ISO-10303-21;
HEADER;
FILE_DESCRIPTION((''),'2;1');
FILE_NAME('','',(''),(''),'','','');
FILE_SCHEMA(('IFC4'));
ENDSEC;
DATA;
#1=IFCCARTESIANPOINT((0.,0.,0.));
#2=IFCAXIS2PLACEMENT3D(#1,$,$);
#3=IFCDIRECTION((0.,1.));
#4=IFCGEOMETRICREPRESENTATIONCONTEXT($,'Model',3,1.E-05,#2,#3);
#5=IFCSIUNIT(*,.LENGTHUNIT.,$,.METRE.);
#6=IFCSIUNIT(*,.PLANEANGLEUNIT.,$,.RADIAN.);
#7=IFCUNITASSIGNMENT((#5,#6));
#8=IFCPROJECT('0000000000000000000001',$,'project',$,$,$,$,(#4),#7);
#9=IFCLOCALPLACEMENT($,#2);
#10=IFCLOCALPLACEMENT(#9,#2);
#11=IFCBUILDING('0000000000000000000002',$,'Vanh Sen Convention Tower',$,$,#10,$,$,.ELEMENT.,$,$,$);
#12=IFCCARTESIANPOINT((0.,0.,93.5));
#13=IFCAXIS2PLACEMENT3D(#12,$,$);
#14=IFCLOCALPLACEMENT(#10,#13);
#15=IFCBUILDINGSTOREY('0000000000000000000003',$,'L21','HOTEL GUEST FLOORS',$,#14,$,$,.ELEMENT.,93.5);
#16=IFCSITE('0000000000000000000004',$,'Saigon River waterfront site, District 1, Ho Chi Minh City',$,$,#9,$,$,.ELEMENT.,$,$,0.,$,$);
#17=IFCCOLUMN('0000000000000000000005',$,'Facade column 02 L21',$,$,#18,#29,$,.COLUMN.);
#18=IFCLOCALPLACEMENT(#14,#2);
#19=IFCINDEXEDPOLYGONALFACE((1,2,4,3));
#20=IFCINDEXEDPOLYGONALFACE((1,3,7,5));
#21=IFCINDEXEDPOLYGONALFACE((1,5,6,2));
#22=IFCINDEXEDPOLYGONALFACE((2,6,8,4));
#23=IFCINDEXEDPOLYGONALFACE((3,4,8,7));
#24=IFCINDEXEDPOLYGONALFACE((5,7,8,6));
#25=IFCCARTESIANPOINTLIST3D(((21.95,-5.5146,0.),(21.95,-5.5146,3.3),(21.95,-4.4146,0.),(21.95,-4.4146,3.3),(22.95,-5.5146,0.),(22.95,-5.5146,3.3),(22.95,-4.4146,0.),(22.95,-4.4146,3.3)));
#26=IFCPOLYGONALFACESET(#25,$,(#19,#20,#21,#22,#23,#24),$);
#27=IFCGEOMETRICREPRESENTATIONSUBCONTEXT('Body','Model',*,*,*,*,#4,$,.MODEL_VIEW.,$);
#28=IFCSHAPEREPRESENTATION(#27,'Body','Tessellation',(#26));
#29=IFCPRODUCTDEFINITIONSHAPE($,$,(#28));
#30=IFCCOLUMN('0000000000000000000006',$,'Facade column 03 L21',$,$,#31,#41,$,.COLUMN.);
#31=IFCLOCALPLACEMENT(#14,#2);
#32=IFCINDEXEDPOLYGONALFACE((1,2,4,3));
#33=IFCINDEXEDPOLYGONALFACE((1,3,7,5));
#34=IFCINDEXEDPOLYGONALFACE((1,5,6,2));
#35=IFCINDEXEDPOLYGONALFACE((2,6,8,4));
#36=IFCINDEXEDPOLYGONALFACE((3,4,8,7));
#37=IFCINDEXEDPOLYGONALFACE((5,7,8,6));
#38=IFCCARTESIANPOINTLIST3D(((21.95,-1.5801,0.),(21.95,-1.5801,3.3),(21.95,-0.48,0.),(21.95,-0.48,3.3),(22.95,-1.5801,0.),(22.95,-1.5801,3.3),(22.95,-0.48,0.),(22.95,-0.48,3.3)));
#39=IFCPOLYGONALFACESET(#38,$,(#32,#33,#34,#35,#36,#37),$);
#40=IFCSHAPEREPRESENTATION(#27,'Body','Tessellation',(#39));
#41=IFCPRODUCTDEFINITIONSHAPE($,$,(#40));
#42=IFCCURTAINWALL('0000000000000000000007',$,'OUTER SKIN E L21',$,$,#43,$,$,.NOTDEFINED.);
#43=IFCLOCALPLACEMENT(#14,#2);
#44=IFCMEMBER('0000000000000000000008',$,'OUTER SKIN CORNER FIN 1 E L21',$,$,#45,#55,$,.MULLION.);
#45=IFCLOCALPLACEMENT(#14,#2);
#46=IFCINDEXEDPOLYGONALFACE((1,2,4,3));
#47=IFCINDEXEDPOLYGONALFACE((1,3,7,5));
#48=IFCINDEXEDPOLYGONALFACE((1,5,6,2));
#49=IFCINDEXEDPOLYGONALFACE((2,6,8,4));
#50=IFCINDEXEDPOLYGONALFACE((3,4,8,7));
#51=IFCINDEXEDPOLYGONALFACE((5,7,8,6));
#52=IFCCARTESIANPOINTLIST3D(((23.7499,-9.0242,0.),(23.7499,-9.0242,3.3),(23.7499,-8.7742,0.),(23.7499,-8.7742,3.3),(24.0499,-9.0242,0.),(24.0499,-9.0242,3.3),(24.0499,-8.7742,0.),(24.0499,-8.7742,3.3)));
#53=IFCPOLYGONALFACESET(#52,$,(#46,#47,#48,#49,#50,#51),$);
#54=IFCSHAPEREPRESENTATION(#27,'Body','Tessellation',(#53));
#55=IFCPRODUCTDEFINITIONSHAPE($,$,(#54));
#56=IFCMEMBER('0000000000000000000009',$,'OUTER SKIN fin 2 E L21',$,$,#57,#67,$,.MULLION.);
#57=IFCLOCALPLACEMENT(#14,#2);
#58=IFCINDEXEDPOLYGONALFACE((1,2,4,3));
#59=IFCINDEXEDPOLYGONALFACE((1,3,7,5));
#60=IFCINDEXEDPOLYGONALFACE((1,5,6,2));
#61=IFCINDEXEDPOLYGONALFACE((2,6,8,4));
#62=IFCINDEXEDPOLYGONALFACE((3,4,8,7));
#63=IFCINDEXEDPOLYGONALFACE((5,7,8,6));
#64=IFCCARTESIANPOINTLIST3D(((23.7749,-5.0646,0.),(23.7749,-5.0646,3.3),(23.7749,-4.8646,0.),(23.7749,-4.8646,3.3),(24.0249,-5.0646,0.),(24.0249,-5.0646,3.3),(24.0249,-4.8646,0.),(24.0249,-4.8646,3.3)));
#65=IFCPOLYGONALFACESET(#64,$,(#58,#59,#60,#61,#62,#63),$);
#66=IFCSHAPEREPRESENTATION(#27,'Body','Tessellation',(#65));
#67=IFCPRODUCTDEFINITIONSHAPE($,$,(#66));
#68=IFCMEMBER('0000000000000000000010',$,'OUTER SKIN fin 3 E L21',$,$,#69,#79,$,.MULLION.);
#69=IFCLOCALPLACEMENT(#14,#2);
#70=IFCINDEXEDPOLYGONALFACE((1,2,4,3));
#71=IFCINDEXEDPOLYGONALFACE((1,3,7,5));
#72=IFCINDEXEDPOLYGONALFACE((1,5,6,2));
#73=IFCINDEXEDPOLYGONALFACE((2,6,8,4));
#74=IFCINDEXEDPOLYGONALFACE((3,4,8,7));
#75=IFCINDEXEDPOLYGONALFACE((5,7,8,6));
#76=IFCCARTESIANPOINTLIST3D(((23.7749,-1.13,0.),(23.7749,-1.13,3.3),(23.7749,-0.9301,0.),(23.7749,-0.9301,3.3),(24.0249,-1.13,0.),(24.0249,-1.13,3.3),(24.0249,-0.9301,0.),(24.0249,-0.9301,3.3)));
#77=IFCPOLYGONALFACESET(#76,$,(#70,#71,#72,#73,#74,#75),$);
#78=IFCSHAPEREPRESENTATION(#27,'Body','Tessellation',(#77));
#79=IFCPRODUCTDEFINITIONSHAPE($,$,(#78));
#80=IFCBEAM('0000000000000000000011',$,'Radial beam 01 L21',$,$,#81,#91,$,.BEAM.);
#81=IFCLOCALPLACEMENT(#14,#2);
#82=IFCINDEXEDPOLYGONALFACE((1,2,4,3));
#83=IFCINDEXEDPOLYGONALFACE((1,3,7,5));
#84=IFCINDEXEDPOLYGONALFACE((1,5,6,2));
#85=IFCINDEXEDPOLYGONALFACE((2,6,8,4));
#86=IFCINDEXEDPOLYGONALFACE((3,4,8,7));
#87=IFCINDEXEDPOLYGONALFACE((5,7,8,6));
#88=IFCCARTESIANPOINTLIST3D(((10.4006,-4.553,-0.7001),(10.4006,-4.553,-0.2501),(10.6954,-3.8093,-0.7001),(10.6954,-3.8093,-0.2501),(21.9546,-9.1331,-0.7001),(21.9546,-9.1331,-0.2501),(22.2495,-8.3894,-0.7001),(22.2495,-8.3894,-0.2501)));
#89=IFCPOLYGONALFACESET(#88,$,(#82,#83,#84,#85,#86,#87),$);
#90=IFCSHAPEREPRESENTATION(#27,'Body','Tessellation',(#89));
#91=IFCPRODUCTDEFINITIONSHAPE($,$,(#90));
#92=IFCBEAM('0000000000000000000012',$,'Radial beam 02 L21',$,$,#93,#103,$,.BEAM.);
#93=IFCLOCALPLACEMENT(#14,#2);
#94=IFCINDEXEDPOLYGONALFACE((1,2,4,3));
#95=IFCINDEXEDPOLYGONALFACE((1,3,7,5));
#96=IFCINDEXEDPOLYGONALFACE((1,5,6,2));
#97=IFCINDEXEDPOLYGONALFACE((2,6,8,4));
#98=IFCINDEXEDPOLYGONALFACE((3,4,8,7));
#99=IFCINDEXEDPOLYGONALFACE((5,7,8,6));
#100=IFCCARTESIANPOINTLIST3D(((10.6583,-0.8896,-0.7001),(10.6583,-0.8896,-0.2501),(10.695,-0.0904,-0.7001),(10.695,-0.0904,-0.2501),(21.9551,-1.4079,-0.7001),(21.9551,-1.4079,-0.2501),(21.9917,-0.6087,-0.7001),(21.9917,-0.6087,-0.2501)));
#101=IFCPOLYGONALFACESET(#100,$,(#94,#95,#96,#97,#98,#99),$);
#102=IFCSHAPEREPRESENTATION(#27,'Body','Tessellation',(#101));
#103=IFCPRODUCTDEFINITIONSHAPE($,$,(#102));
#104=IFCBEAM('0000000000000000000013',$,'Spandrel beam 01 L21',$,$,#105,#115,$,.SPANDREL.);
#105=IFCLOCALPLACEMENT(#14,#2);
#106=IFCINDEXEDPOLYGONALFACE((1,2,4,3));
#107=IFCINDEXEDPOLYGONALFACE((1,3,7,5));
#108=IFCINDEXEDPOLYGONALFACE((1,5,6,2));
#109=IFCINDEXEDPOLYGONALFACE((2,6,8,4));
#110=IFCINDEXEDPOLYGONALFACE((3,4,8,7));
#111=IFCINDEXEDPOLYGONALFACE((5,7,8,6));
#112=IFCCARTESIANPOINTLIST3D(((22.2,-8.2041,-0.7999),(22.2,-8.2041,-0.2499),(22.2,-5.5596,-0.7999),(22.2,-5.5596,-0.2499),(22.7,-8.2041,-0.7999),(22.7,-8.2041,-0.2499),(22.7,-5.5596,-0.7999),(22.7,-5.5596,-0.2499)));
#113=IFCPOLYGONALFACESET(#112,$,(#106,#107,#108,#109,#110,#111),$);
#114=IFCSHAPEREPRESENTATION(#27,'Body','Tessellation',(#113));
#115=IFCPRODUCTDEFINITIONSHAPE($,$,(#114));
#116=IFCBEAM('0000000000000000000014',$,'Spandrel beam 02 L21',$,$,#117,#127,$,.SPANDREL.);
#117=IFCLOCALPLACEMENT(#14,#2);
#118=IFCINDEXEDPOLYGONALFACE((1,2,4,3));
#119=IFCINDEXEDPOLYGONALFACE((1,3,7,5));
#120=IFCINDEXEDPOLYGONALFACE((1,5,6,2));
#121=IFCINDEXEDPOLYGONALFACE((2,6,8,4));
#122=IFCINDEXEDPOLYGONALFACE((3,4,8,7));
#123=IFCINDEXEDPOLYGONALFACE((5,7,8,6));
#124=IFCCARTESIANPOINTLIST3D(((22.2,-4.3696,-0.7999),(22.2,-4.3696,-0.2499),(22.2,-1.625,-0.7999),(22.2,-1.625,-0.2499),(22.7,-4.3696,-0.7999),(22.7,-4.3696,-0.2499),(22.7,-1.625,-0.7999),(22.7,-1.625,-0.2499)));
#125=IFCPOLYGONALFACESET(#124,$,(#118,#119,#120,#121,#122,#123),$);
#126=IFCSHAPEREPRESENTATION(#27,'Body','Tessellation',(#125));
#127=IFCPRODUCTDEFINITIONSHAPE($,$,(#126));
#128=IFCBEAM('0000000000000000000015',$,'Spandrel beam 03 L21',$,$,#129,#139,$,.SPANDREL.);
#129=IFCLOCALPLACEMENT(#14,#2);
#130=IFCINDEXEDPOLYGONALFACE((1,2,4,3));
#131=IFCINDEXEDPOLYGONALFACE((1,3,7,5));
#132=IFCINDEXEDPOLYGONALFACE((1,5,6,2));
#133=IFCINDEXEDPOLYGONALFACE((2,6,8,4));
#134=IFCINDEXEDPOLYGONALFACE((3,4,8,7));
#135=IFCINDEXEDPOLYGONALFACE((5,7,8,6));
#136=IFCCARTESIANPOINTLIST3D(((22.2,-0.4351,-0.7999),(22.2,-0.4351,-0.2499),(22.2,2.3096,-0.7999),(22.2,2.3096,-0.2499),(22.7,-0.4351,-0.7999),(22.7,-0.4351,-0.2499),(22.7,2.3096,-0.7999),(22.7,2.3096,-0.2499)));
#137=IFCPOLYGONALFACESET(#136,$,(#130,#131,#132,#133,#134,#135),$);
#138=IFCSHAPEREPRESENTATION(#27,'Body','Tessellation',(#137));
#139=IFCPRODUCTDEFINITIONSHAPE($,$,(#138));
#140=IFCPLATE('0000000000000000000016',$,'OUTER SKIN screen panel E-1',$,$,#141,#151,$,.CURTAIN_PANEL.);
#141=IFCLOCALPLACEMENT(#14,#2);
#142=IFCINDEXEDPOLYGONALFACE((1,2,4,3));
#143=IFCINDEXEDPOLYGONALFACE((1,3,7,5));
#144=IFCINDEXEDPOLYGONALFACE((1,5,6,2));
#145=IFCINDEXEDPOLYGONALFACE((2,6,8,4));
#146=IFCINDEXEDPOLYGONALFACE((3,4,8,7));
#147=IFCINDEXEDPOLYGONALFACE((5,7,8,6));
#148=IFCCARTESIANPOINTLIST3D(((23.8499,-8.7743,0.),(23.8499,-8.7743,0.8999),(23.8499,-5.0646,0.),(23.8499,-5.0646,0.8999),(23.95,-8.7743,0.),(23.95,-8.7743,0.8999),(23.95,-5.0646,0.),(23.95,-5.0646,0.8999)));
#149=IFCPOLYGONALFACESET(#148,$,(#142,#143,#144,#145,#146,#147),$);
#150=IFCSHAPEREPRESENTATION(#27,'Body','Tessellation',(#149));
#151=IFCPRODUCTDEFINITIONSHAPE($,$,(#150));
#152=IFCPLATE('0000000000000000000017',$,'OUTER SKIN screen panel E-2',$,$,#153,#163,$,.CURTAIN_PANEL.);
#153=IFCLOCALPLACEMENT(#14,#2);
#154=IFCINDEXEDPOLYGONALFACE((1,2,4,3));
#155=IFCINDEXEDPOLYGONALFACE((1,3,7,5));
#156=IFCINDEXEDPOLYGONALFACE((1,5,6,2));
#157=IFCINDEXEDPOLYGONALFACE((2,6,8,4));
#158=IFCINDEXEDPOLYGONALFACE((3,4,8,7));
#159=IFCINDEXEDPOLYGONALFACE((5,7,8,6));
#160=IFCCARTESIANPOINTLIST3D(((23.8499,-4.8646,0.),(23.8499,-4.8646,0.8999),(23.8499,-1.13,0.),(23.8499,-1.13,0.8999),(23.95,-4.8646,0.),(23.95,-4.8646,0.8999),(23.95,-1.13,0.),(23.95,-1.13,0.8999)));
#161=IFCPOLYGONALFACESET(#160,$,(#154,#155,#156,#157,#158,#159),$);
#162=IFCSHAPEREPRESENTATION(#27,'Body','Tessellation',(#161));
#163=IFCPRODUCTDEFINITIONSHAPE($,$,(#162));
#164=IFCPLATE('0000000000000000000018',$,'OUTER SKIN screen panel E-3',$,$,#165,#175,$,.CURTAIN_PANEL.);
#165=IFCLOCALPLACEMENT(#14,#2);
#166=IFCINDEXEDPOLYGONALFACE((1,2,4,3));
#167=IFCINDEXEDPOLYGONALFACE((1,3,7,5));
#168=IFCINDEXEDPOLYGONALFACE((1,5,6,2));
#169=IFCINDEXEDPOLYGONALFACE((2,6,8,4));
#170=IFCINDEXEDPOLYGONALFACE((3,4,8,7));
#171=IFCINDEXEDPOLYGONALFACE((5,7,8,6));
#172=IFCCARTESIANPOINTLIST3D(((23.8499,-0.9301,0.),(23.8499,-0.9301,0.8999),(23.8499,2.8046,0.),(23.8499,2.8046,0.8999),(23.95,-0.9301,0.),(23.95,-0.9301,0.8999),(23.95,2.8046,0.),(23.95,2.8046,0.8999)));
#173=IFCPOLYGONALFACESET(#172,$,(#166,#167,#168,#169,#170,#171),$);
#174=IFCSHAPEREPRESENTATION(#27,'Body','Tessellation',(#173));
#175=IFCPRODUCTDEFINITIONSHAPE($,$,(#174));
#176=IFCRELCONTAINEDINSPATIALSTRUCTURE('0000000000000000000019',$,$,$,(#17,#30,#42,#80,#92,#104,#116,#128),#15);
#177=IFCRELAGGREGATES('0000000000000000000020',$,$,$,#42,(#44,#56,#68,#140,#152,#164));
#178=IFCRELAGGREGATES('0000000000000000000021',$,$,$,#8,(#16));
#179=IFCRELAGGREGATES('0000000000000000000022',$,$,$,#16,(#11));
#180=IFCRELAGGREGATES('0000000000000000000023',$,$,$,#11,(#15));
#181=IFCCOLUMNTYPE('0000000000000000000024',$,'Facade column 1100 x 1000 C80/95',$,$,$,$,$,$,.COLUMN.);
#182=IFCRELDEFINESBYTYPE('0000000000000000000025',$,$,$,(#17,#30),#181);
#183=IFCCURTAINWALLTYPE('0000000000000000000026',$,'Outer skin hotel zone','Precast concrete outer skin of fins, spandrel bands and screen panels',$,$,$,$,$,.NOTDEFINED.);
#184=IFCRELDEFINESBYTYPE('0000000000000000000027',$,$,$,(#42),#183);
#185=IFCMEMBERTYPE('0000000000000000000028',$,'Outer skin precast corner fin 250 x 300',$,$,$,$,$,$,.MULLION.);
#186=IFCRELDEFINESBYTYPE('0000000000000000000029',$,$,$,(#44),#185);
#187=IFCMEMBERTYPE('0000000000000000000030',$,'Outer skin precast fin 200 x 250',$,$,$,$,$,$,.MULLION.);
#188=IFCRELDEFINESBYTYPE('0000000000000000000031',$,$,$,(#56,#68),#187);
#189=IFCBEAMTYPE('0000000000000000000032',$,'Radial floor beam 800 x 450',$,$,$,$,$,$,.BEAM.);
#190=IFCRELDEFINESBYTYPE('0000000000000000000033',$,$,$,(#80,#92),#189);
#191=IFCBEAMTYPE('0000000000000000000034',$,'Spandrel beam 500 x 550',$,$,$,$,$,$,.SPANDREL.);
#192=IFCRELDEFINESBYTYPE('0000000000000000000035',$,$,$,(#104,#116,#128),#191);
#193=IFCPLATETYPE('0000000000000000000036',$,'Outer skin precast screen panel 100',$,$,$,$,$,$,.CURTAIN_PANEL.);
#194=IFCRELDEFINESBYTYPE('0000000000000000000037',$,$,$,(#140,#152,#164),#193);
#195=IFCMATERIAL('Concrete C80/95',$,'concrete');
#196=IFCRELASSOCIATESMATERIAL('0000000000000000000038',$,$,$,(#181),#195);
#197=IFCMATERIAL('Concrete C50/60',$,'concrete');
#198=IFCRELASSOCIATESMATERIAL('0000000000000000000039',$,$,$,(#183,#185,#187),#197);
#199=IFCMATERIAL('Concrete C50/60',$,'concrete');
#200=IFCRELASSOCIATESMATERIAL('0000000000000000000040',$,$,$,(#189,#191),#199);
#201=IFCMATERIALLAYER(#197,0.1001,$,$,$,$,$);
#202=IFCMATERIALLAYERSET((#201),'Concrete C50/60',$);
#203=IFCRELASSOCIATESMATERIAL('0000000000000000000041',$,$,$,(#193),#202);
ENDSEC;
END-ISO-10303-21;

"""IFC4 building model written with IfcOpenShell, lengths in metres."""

from ifc_helpers import new_model, si_unit, direction, frame, origin, origin_2d, place, context, subcontext, project, spatial, rectangle, extrude, material, layer, layer_set, material_profile, profile_set, type_object, element, aggregate, save


model = new_model("IFC4")

# Units and contexts
model_context = context("Model", 3, precision=1e-05, world=origin(), true_north=direction((0.0, 1.0)))
body_context = subcontext(model_context, "Body", "Model", "MODEL_VIEW")
ifc_project = project(units=[si_unit("LENGTHUNIT", "METRE"), si_unit("PLANEANGLEUNIT", "RADIAN")], contexts=[model_context])

# Site, building, storey
site_placement = place(None, origin())
site = spatial("IfcSite", under=ifc_project, at=site_placement, Name="Saigon River waterfront site, District 1, Ho Chi Minh City", CompositionType="ELEMENT", RefElevation=0.0)
building_placement = place(site_placement, origin())
building = spatial("IfcBuilding", under=site, at=building_placement, Name="Vanh Sen Convention Tower", CompositionType="ELEMENT")
storey_placement = place(building_placement, frame((0.0, 0.0, 93.5)))
storey = spatial("IfcBuildingStorey", under=building, at=storey_placement, Name="L21", Description="HOTEL GUEST FLOORS", CompositionType="ELEMENT", Elevation=93.5)

# Columns
ifc_material_1 = material(Name="Concrete C80/95", Category="concrete")
ifc_material_profile_1 = material_profile(ifc_material_1, rectangle(XDim=1.1001, YDim=1.0, at=origin_2d()), Name="RC 1100X1000")
ifc_profile_set_1 = profile_set([ifc_material_profile_1], Name="Concrete C80/95")
column_type = type_object("IfcColumnType", Name="Facade column 1100 x 1000 C80/95", PredefinedType="COLUMN", material=ifc_profile_set_1)
for number, where, z_axis, x_axis, name in (
    (1, (22.45, -4.9646, 0.0), (0.0, 0.0, 1.0), (0.0, 1.0, 0.0), "Facade column 02 L21"),
    (2, (22.45, -1.03, 0.0), (0.0, 0.0, 1.0), (0.0, 1.0, 0.0), "Facade column 03 L21"),
):
    element("IfcColumn", number, at=place(storey_placement, frame(where, z_axis=z_axis, x_axis=x_axis)), inside=storey, type_object=column_type, Name=name, PredefinedType="COLUMN", context=body_context, shape_type="SweptSolid", body=[
        extrude(rectangle(XDim=1.1001, YDim=1.0, at=origin_2d()), origin(), (0.0, 0.0, 1.0), 3.3),
    ])

# Curtain wall, members
ifc_material_2 = material(Name="Concrete C50/60", Category="concrete")
curtain_wall_type = type_object("IfcCurtainWallType", Name="Outer skin hotel zone", Description="Precast concrete outer skin of fins, spandrel bands and screen panels", PredefinedType="NOTDEFINED", material=ifc_material_2)
curtain_wall_placement = place(storey_placement, origin())
curtain_wall = element("IfcCurtainWall", 3, at=curtain_wall_placement, inside=storey, type_object=curtain_wall_type, Name="OUTER SKIN E L21", PredefinedType="NOTDEFINED")
ifc_material_profile_2 = material_profile(ifc_material_2, rectangle(XDim=0.25, YDim=0.3, at=origin_2d()), Name="Outer skin precast corner fin 250 x 300")
ifc_profile_set_2 = profile_set([ifc_material_profile_2], Name="Concrete C50/60")
member_type_1 = type_object("IfcMemberType", Name="Outer skin precast corner fin 250 x 300", PredefinedType="MULLION", material=ifc_profile_set_2)
member_1_placement = place(storey_placement, frame((23.8999, -8.8992, 0.0), z_axis=(0.0, 0.0, 1.0), x_axis=(0.0, 1.0, 0.0)))
member_1 = element("IfcMember", 4, at=member_1_placement, type_object=member_type_1, Name="OUTER SKIN CORNER FIN 1 E L21", PredefinedType="MULLION", context=body_context, shape_type="SweptSolid", body=[
    extrude(rectangle(XDim=0.25, YDim=0.3, at=origin_2d()), origin(), (0.0, 0.0, 1.0), 3.3),
])
ifc_material_profile_3 = material_profile(ifc_material_2, rectangle(XDim=0.2, YDim=0.25, at=origin_2d()), Name="Outer skin precast fin 200 x 250")
ifc_profile_set_3 = profile_set([ifc_material_profile_3], Name="Concrete C50/60")
member_type_2 = type_object("IfcMemberType", Name="Outer skin precast fin 200 x 250", PredefinedType="MULLION", material=ifc_profile_set_3)
member_2_placement = place(storey_placement, frame((23.8999, -4.9646, 0.0), z_axis=(0.0, 0.0, 1.0), x_axis=(0.0, 1.0, 0.0)))
member_2 = element("IfcMember", 5, at=member_2_placement, type_object=member_type_2, Name="OUTER SKIN fin 2 E L21", PredefinedType="MULLION", context=body_context, shape_type="SweptSolid", body=[
    extrude(rectangle(XDim=0.2, YDim=0.25, at=origin_2d()), origin(), (0.0, 0.0, 1.0), 3.3),
])
member_3_placement = place(storey_placement, frame((23.8999, -1.03, 0.0), z_axis=(0.0, 0.0, 1.0), x_axis=(0.0, 1.0, 0.0)))
member_3 = element("IfcMember", 6, at=member_3_placement, type_object=member_type_2, Name="OUTER SKIN fin 3 E L21", PredefinedType="MULLION", context=body_context, shape_type="SweptSolid", body=[
    extrude(rectangle(XDim=0.2, YDim=0.25, at=origin_2d()), origin(), (0.0, 0.0, 1.0), 3.3),
])

# Beams
ifc_material_3 = material(Name="Concrete C50/60", Category="concrete")
ifc_material_profile_4 = material_profile(ifc_material_3, rectangle(XDim=0.8, YDim=0.45, at=origin_2d()), Name="RC 800X450")
ifc_profile_set_4 = profile_set([ifc_material_profile_4], Name="Concrete C50/60")
beam_type_1 = type_object("IfcBeamType", Name="Radial floor beam 800 x 450", PredefinedType="BEAM", material=ifc_profile_set_4)
beam_1_placement = place(storey_placement, frame((22.1021, -8.7612, -0.4751), z_axis=(-0.929624, 0.36851, 0.0), x_axis=(-0.36851, -0.929624, 0.0)))
element("IfcBeam", 7, at=beam_1_placement, inside=storey, type_object=beam_type_1, Name="Radial beam 01 L21", PredefinedType="BEAM", context=body_context, shape_type="SweptSolid", body=[
    extrude(rectangle(XDim=0.8, YDim=0.45, at=origin_2d()), origin(), (0.0, 0.0, 1.0), 12.4287),
])
beam_2_placement = place(storey_placement, frame((21.9734, -1.0083, -0.4751), z_axis=(-0.998949, 0.045834, 0.0), x_axis=(-0.045834, -0.998949, 0.0)))
element("IfcBeam", 8, at=beam_2_placement, inside=storey, type_object=beam_type_1, Name="Radial beam 02 L21", PredefinedType="BEAM", context=body_context, shape_type="SweptSolid", body=[
    extrude(rectangle(XDim=0.8, YDim=0.45, at=origin_2d()), origin(), (0.0, 0.0, 1.0), 11.3086),
])
ifc_material_profile_5 = material_profile(ifc_material_3, rectangle(XDim=0.5, YDim=0.55, at=origin_2d()), Name="RC 500X550")
ifc_profile_set_5 = profile_set([ifc_material_profile_5], Name="Concrete C50/60")
beam_type_2 = type_object("IfcBeamType", Name="Spandrel beam 500 x 550", PredefinedType="SPANDREL", material=ifc_profile_set_5)
beam_3_placement = place(storey_placement, frame((22.45, -8.2041, -0.5249), z_axis=(0.0, 1.0, 0.0), x_axis=(-1.0, 0.0, 0.0)))
element("IfcBeam", 9, at=beam_3_placement, inside=storey, type_object=beam_type_2, Name="Spandrel beam 01 L21", PredefinedType="SPANDREL", context=body_context, shape_type="SweptSolid", body=[
    extrude(rectangle(XDim=0.5, YDim=0.55, at=origin_2d()), origin(), (0.0, 0.0, 1.0), 2.6445),
])
for number, where, z_axis, x_axis, name in (
    (10, (22.45, -4.3696, -0.5249), (0.0, 1.0, 0.0), (-1.0, 0.0, 0.0), "Spandrel beam 02 L21"),
    (11, (22.45, -0.4351, -0.5249), (0.0, 1.0, 0.0), (-1.0, 0.0, 0.0), "Spandrel beam 03 L21"),
):
    element("IfcBeam", number, at=place(storey_placement, frame(where, z_axis=z_axis, x_axis=x_axis)), inside=storey, type_object=beam_type_2, Name=name, PredefinedType="SPANDREL", context=body_context, shape_type="SweptSolid", body=[
        extrude(rectangle(XDim=0.5, YDim=0.55, at=origin_2d()), origin(), (0.0, 0.0, 1.0), 2.7446),
    ])

# Plates
ifc_layer_1 = layer(ifc_material_2, 0.1001)
ifc_layer_set_1 = layer_set([ifc_layer_1], Name="Concrete C50/60")
plate_type = type_object("IfcPlateType", Name="Outer skin precast screen panel 100", PredefinedType="CURTAIN_PANEL", material=ifc_layer_set_1)
plate_1_placement = place(storey_placement, frame((23.8999, -6.9194, 0.0), z_axis=(0.0, 0.0, 1.0), x_axis=(0.0, 1.0, 0.0)))
plate_1 = element("IfcPlate", 12, at=plate_1_placement, type_object=plate_type, Name="OUTER SKIN screen panel E-1", PredefinedType="CURTAIN_PANEL", context=body_context, shape_type="SweptSolid", body=[
    extrude(rectangle(XDim=3.7097, YDim=0.1001, at=origin_2d()), origin(), (0.0, 0.0, 1.0), 0.8999),
])
plate_2_placement = place(storey_placement, frame((23.8999, -2.9973, 0.0), z_axis=(0.0, 0.0, 1.0), x_axis=(0.0, 1.0, 0.0)))
plate_2 = element("IfcPlate", 13, at=plate_2_placement, type_object=plate_type, Name="OUTER SKIN screen panel E-2", PredefinedType="CURTAIN_PANEL", context=body_context, shape_type="SweptSolid", body=[
    extrude(rectangle(XDim=3.7346, YDim=0.1001, at=origin_2d()), origin(), (0.0, 0.0, 1.0), 0.8999),
])
plate_3_placement = place(storey_placement, frame((23.8999, 0.9373, 0.0), z_axis=(0.0, 0.0, 1.0), x_axis=(0.0, 1.0, 0.0)))
plate_3 = element("IfcPlate", 14, at=plate_3_placement, type_object=plate_type, Name="OUTER SKIN screen panel E-3", PredefinedType="CURTAIN_PANEL", context=body_context, shape_type="SweptSolid", body=[
    extrude(rectangle(XDim=3.7346, YDim=0.1001, at=origin_2d()), origin(), (0.0, 0.0, 1.0), 0.8999),
])
aggregate(curtain_wall, [member_1, member_2, member_3, plate_1, plate_2, plate_3])

save(model, "model.ifc")
